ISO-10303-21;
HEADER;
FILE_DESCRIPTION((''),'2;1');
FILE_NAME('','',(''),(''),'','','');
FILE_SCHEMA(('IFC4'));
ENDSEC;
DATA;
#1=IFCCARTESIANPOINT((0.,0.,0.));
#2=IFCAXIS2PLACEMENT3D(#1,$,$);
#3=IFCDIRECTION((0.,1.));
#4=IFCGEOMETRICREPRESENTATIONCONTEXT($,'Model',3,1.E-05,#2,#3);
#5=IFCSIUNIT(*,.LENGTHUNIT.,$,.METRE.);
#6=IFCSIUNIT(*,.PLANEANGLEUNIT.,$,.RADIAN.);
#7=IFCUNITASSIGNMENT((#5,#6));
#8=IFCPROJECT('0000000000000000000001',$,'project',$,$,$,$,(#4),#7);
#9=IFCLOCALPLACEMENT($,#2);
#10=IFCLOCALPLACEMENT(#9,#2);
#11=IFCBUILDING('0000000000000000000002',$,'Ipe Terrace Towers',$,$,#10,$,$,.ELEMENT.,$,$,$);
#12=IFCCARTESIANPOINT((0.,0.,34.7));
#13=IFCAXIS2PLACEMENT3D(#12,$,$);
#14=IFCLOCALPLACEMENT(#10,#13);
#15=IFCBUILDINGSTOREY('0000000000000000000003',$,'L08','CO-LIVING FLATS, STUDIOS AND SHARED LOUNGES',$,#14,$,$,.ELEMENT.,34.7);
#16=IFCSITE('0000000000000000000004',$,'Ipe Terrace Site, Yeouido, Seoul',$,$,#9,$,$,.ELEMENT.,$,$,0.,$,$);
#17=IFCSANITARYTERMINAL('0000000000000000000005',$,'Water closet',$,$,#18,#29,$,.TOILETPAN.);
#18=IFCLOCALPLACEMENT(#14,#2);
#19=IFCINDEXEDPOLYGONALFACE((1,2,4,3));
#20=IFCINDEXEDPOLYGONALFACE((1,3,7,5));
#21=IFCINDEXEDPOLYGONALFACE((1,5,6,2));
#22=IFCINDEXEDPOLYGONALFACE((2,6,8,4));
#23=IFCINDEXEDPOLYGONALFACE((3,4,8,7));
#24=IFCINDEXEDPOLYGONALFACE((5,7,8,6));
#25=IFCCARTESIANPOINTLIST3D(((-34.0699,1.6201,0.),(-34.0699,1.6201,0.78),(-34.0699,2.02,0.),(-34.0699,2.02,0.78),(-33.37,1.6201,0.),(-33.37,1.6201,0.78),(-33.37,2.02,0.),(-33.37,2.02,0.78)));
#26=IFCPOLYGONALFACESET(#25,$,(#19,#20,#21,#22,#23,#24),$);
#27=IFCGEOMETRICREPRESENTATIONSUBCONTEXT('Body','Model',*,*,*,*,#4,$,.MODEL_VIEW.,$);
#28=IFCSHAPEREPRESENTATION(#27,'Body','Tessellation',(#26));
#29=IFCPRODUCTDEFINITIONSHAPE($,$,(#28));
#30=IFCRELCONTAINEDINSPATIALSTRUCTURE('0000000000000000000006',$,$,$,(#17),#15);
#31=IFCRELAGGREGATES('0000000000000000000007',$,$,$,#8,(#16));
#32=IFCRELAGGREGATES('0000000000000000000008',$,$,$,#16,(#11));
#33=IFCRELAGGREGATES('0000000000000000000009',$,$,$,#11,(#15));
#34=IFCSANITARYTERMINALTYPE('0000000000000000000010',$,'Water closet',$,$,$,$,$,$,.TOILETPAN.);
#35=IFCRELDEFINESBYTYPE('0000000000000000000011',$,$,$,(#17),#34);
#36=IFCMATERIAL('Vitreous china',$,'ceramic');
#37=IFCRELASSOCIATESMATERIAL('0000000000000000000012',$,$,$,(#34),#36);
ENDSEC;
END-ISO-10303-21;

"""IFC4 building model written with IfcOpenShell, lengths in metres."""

from ifc_helpers import new_model, si_unit, direction, frame, origin, origin_2d, place, context, subcontext, project, spatial, rectangle, extrude, material, type_object, element, save


model = new_model("IFC4")

# Units and contexts
model_context = context("Model", 3, precision=1e-05, world=origin(), true_north=direction((0.0, 1.0)))
body_context = subcontext(model_context, "Body", "Model", "MODEL_VIEW")
ifc_project = project(units=[si_unit("LENGTHUNIT", "METRE"), si_unit("PLANEANGLEUNIT", "RADIAN")], contexts=[model_context])

# Site, building, storey
site_placement = place(None, origin())
site = spatial("IfcSite", under=ifc_project, at=site_placement, Name="Ipe Terrace Site, Yeouido, Seoul", CompositionType="ELEMENT", RefElevation=0.0)
building_placement = place(site_placement, origin())
building = spatial("IfcBuilding", under=site, at=building_placement, Name="Ipe Terrace Towers", CompositionType="ELEMENT")
storey_placement = place(building_placement, frame((0.0, 0.0, 34.7)))
storey = spatial("IfcBuildingStorey", under=building, at=storey_placement, Name="L08", Description="CO-LIVING FLATS, STUDIOS AND SHARED LOUNGES", CompositionType="ELEMENT", Elevation=34.7)

# Sanitary terminal
ifc_material_1 = material(Name="Vitreous china", Category="ceramic")
sanitary_terminal_type_1 = type_object("IfcSanitaryTerminalType", Name="Water closet", PredefinedType="TOILETPAN", material=ifc_material_1)
sanitary_terminal_1_placement = place(storey_placement, frame((-33.72, 1.8201, 0.0), z_axis=(0.0, 0.0, 1.0), x_axis=(-1.0, 0.0, 0.0)))
element("IfcSanitaryTerminal", 1, at=sanitary_terminal_1_placement, inside=storey, type_object=sanitary_terminal_type_1, Name="Water closet", PredefinedType="TOILETPAN", context=body_context, shape_type="SweptSolid", body=[
    extrude(rectangle(XDim=0.7, YDim=0.3999, at=origin_2d()), origin(), (0.0, 0.0, 1.0), 0.78),
])

save(model, "model.ifc")
